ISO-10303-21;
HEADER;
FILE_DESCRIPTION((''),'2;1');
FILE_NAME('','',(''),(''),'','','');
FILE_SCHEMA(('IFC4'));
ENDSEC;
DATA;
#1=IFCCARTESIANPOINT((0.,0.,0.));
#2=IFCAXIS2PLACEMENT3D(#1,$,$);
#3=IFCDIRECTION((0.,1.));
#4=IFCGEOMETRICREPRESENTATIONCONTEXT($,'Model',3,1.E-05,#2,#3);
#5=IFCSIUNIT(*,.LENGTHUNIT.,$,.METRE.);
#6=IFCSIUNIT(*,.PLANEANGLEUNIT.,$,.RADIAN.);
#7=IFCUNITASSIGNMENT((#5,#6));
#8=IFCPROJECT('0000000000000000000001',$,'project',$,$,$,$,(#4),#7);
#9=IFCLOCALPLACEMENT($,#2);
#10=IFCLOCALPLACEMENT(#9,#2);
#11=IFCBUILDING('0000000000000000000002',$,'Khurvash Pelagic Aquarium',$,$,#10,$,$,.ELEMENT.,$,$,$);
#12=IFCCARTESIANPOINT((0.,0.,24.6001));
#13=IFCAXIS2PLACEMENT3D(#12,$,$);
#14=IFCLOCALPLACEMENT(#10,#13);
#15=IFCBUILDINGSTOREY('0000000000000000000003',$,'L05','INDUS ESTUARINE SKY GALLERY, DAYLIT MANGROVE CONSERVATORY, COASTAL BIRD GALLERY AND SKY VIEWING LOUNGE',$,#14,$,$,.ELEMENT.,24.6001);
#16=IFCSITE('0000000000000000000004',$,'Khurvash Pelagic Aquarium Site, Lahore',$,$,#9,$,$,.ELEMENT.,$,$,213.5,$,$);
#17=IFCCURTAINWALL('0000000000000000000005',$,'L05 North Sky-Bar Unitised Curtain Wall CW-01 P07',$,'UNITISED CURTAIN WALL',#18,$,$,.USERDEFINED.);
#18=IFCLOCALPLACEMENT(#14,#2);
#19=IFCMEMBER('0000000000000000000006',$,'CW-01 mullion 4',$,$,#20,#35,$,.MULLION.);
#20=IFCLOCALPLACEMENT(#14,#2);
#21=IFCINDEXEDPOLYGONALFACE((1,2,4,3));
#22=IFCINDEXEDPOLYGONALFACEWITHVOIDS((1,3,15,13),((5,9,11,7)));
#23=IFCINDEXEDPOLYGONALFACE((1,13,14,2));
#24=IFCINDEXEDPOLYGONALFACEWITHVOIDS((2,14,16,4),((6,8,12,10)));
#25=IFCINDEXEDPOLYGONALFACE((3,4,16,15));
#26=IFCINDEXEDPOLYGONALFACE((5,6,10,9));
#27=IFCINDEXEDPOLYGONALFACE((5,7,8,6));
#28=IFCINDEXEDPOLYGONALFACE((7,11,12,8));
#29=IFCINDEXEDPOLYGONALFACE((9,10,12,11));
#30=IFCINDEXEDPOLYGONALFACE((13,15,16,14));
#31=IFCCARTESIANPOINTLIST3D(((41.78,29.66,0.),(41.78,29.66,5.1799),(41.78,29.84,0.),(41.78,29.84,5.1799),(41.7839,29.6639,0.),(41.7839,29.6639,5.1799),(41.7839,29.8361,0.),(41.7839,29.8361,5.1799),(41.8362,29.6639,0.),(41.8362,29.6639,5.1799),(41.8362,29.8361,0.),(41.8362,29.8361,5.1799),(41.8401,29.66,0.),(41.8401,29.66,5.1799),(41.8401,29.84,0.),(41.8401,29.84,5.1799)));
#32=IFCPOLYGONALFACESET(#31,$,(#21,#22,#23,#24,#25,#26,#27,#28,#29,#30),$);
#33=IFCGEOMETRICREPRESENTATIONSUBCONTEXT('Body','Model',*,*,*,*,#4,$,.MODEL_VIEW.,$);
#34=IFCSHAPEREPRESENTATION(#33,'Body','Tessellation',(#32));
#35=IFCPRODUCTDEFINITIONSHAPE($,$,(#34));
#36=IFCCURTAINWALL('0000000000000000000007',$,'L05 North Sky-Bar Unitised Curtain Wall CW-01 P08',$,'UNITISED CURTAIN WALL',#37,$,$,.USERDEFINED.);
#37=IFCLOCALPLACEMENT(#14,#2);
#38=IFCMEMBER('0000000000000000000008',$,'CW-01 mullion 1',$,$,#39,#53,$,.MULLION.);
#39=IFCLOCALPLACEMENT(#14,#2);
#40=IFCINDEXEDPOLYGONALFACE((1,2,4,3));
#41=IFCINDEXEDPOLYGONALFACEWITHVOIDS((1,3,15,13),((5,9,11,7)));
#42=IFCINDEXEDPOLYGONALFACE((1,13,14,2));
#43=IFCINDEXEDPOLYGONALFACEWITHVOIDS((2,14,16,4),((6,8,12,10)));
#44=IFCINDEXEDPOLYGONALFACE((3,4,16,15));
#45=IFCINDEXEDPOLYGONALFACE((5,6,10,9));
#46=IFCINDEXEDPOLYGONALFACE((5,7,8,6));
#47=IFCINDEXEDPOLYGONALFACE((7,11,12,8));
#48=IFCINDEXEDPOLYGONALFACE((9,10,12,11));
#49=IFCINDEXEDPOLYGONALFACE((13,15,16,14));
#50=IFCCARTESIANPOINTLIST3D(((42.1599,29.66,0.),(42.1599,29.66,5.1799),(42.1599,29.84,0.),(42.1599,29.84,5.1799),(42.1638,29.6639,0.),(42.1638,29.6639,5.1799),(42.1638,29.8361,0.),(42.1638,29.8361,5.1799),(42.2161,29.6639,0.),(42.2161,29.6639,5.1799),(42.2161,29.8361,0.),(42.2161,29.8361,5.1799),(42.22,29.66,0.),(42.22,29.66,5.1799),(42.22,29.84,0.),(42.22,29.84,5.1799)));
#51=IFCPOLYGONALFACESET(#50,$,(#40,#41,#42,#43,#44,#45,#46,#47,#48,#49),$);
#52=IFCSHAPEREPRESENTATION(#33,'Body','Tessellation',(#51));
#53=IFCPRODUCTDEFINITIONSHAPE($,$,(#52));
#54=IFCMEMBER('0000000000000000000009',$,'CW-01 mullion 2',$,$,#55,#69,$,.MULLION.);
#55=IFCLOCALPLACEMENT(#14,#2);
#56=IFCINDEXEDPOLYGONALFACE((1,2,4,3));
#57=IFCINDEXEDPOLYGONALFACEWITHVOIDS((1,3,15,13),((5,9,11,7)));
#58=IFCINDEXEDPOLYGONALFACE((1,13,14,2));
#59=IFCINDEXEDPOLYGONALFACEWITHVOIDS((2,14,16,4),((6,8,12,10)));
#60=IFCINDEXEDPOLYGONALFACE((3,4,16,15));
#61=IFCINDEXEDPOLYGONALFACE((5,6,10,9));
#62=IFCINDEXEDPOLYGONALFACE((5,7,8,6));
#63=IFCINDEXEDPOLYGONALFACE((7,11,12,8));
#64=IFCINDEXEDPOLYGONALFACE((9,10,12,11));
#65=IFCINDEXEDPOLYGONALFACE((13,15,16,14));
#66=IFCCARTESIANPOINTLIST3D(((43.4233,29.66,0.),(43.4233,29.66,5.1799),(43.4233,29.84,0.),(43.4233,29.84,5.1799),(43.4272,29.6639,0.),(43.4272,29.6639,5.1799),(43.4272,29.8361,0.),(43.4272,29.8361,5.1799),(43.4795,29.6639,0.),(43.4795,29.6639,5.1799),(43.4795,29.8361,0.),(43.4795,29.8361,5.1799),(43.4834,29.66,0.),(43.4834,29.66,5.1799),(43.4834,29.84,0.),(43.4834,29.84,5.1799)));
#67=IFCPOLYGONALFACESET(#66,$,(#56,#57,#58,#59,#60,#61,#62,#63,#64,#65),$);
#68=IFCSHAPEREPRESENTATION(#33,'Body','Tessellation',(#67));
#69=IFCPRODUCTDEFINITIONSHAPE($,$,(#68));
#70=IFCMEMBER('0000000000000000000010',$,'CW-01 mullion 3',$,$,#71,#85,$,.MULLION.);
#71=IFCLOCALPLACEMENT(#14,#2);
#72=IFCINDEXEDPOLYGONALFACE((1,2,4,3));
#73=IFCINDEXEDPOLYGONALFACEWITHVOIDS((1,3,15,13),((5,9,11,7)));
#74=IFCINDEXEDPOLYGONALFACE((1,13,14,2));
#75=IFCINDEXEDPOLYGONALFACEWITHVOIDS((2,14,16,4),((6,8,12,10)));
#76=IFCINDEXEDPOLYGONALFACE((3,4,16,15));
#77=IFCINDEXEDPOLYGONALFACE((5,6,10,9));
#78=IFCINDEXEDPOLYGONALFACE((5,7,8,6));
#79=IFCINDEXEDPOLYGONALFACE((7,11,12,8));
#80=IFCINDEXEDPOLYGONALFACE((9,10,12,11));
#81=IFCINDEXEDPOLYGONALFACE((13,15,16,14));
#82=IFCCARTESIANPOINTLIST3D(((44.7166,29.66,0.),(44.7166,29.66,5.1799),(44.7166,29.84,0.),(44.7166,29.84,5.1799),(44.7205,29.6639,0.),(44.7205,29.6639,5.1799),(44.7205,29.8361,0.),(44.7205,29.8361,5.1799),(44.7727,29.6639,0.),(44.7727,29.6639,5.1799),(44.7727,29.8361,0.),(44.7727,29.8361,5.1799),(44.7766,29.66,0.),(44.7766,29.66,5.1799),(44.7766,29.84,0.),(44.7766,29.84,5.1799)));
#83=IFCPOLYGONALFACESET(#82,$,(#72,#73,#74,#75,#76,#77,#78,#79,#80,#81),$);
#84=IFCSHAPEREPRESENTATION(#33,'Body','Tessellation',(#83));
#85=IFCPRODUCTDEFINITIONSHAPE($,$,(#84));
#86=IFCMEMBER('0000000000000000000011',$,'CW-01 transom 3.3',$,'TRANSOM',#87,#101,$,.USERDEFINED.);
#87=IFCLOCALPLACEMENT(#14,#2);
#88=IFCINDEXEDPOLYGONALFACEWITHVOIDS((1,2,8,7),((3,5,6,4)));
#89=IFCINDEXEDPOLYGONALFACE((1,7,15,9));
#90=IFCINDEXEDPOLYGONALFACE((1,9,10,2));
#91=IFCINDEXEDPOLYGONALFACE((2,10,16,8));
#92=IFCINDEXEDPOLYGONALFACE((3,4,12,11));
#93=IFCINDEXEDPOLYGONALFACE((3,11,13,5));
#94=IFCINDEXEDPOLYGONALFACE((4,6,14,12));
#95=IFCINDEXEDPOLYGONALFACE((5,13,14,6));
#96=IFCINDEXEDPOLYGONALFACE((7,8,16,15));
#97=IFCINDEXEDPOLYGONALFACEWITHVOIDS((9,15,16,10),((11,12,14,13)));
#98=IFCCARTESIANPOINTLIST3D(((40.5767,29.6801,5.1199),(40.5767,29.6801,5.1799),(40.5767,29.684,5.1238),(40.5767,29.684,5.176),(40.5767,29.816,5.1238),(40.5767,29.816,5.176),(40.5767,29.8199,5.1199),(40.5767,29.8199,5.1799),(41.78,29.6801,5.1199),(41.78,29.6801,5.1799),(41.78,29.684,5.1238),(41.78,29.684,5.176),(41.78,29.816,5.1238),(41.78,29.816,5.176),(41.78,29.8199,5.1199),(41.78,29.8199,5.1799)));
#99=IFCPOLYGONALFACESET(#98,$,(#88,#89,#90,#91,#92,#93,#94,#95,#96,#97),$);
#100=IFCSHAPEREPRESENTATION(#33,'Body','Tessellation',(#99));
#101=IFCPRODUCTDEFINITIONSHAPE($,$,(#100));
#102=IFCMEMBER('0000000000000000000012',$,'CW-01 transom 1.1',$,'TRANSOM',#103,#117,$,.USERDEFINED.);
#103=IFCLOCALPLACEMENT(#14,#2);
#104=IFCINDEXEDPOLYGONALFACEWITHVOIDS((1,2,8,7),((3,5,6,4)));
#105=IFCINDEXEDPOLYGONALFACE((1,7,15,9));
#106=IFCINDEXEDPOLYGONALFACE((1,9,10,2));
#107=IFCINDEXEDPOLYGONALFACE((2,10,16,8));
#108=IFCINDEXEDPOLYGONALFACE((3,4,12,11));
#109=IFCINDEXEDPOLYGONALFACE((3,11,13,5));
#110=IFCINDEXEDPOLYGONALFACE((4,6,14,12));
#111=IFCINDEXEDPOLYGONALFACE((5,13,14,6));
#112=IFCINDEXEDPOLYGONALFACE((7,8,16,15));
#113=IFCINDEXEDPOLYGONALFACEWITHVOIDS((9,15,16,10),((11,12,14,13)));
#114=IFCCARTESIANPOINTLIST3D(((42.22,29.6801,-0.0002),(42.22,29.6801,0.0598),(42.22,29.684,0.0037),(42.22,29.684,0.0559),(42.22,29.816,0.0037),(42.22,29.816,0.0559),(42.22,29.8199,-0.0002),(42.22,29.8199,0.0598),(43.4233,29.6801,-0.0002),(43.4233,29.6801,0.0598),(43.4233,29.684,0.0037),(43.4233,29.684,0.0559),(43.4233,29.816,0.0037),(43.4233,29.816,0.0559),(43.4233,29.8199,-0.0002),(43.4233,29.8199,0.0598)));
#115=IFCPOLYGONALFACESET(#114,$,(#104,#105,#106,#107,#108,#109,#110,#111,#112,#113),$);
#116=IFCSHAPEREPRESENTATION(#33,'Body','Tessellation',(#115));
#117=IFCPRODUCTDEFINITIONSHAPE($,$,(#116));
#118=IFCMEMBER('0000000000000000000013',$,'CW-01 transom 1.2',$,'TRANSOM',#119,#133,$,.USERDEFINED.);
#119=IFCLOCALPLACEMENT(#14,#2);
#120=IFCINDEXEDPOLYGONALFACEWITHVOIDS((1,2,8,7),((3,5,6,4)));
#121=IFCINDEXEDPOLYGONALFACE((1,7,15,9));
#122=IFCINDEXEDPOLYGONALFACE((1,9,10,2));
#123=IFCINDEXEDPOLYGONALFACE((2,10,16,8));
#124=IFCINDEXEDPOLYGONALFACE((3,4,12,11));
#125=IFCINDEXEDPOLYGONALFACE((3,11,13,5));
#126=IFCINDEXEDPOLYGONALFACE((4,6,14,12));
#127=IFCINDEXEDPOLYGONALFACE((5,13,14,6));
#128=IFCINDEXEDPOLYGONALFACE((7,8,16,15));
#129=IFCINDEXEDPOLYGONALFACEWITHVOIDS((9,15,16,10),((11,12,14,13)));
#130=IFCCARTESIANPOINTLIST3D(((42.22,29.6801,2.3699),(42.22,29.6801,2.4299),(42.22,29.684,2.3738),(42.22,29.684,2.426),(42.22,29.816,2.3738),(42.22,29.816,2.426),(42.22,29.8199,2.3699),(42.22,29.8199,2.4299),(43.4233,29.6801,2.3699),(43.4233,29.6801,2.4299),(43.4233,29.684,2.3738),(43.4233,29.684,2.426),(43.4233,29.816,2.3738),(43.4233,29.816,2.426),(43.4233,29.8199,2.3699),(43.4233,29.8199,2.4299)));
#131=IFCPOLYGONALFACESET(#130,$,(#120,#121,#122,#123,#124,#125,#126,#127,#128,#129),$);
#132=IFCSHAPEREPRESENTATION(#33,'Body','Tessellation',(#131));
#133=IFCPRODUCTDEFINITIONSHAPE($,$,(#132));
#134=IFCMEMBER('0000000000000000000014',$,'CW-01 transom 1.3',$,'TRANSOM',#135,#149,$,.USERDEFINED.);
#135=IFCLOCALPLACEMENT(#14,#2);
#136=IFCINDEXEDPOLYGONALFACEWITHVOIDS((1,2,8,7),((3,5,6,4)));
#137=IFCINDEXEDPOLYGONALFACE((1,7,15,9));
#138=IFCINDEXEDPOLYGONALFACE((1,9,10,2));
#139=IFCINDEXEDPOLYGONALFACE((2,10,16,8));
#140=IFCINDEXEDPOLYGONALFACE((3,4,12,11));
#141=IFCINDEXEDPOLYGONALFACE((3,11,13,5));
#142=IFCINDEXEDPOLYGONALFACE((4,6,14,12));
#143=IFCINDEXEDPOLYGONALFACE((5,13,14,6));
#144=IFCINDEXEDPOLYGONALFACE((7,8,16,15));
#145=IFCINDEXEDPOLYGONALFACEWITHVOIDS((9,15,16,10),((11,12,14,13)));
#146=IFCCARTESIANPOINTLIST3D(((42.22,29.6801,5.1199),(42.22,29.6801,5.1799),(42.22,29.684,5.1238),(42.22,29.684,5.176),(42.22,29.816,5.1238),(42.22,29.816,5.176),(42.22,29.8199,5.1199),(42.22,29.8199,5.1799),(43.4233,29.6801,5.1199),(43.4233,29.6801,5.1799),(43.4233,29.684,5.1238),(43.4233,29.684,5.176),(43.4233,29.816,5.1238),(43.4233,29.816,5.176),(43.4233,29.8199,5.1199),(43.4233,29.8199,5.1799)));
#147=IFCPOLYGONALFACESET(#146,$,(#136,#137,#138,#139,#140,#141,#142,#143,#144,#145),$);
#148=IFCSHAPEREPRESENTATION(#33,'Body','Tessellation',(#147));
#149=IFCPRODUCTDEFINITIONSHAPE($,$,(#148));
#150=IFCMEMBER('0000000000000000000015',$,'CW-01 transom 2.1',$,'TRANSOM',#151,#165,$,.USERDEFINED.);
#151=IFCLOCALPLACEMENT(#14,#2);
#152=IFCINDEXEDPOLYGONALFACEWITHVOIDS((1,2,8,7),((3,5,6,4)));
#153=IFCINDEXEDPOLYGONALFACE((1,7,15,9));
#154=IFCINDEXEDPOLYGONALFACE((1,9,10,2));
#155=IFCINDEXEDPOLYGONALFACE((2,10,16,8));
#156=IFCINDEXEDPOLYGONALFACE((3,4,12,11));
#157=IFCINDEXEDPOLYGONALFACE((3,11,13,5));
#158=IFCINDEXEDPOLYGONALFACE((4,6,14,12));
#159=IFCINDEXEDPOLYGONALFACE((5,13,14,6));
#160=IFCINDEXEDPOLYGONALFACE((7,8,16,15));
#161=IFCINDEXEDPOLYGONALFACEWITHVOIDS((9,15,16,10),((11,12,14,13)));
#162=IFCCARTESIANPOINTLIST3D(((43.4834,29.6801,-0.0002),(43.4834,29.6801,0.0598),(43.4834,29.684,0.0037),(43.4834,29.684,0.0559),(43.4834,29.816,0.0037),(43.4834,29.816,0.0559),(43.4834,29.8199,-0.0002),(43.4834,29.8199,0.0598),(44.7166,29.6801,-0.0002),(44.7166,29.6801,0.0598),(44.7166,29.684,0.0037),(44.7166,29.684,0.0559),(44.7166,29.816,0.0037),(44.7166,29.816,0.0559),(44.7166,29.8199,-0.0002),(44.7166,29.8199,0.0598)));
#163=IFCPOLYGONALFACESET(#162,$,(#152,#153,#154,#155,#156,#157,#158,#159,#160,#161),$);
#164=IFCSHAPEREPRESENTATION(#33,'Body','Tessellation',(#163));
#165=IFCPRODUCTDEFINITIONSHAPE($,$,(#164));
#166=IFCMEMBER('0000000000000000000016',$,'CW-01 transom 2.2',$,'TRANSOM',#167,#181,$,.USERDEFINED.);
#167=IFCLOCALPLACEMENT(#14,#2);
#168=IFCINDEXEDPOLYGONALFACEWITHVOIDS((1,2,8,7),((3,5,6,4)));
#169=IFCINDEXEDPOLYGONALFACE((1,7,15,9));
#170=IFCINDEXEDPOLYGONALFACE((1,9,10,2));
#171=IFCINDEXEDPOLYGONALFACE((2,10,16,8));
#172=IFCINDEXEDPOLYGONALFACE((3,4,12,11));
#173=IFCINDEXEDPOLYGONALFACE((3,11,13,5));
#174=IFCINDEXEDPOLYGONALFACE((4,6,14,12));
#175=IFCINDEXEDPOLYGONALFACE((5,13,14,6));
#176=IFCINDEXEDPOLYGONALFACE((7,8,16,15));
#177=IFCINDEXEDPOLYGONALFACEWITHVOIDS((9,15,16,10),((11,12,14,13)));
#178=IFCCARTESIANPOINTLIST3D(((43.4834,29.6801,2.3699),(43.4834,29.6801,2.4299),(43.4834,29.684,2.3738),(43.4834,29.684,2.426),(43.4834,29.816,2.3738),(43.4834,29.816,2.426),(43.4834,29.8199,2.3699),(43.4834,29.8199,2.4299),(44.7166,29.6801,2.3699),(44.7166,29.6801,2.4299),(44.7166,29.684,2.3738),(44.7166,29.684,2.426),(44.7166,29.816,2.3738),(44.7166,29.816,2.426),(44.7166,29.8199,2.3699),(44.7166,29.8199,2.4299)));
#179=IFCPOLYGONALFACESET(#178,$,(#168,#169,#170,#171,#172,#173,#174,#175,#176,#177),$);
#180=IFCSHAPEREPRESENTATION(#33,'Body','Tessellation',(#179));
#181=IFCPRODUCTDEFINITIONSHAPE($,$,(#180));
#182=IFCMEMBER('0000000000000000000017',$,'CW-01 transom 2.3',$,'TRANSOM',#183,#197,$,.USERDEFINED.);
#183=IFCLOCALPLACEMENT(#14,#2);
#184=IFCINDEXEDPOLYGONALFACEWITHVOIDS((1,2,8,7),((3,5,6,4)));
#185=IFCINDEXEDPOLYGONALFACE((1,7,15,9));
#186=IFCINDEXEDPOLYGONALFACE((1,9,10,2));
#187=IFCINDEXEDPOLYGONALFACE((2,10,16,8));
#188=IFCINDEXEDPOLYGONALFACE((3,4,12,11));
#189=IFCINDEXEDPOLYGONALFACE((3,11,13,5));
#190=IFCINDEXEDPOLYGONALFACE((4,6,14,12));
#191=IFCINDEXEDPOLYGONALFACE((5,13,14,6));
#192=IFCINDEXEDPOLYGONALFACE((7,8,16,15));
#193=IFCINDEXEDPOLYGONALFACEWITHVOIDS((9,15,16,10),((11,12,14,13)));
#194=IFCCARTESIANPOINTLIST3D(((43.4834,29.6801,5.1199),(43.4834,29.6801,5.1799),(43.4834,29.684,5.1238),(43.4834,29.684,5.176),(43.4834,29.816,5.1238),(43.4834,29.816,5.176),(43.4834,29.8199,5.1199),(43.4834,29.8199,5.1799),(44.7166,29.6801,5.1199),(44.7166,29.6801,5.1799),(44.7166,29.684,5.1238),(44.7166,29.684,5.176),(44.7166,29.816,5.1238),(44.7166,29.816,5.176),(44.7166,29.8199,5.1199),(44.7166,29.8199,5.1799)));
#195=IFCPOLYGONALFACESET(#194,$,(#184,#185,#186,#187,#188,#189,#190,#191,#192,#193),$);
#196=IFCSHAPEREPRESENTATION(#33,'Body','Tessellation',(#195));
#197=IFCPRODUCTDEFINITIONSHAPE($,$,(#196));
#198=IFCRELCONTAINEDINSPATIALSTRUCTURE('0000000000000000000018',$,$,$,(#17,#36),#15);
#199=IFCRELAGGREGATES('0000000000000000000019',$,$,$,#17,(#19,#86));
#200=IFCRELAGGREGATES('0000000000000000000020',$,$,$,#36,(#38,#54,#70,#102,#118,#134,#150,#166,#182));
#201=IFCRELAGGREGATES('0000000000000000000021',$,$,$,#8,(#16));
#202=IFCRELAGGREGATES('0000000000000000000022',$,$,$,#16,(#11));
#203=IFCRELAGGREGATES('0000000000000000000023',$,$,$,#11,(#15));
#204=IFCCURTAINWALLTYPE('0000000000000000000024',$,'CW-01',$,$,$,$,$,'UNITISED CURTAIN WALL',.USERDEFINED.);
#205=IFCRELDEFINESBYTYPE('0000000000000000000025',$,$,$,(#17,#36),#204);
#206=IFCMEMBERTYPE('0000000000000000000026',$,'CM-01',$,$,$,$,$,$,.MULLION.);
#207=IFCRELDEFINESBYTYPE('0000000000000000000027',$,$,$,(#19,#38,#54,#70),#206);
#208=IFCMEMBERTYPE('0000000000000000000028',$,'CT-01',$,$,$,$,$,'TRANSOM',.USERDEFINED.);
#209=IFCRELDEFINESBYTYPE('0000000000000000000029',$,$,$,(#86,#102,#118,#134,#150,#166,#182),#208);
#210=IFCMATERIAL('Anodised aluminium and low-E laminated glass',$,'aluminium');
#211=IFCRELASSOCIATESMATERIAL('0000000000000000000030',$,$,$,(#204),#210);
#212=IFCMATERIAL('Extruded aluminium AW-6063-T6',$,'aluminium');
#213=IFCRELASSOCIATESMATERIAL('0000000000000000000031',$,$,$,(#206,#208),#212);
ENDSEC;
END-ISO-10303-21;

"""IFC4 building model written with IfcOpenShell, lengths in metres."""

from ifc_helpers import new_model, si_unit, direction, frame, origin, origin_2d, place, context, subcontext, project, spatial, hollow_rectangle, extrude, material, material_profile, profile_set, type_object, element, aggregate, save


model = new_model("IFC4")

# Units and contexts
model_context = context("Model", 3, precision=1e-05, world=origin(), true_north=direction((0.0, 1.0)))
body_context = subcontext(model_context, "Body", "Model", "MODEL_VIEW")
ifc_project = project(units=[si_unit("LENGTHUNIT", "METRE"), si_unit("PLANEANGLEUNIT", "RADIAN")], contexts=[model_context])

# Site, building, storey
site_placement = place(None, origin())
site = spatial("IfcSite", under=ifc_project, at=site_placement, Name="Khurvash Pelagic Aquarium Site, Lahore", CompositionType="ELEMENT", RefElevation=213.5)
building_placement = place(site_placement, origin())
building = spatial("IfcBuilding", under=site, at=building_placement, Name="Khurvash Pelagic Aquarium", CompositionType="ELEMENT")
storey_placement = place(building_placement, frame((0.0, 0.0, 24.6001)))
storey = spatial("IfcBuildingStorey", under=building, at=storey_placement, Name="L05", Description="INDUS ESTUARINE SKY GALLERY, DAYLIT MANGROVE CONSERVATORY, COASTAL BIRD GALLERY AND SKY VIEWING LOUNGE", CompositionType="ELEMENT", Elevation=24.6001)

# Curtain wall, member
ifc_material_1 = material(Name="Anodised aluminium and low-E laminated glass", Category="aluminium")
curtain_wall_type = type_object("IfcCurtainWallType", Name="CW-01", ElementType="UNITISED CURTAIN WALL", PredefinedType="USERDEFINED", material=ifc_material_1)
curtain_wall_1_placement = place(storey_placement, origin())
curtain_wall_1 = element("IfcCurtainWall", 1, at=curtain_wall_1_placement, inside=storey, type_object=curtain_wall_type, Name="L05 North Sky-Bar Unitised Curtain Wall CW-01 P07", ObjectType="UNITISED CURTAIN WALL", PredefinedType="USERDEFINED")
ifc_material_2 = material(Name="Extruded aluminium AW-6063-T6", Category="aluminium")
ifc_material_profile_1 = material_profile(ifc_material_2, hollow_rectangle(XDim=0.0601, YDim=0.1799, WallThickness=0.0039, at=origin_2d()), Name="CWM60X180X4")
ifc_profile_set_1 = profile_set([ifc_material_profile_1], Name="Extruded aluminium AW-6063-T6")
member_type_1 = type_object("IfcMemberType", Name="CM-01", PredefinedType="MULLION", material=ifc_profile_set_1)
member_1_placement = place(storey_placement, frame((41.8101, 29.75, 0.0), z_axis=(0.0, 0.0, 1.0), x_axis=(1.0, 0.0, 0.0)))
member_1 = element("IfcMember", 2, at=member_1_placement, type_object=member_type_1, Name="CW-01 mullion 4", PredefinedType="MULLION", context=body_context, shape_type="SweptSolid", body=[
    extrude(hollow_rectangle(XDim=0.0601, YDim=0.1799, WallThickness=0.0039, at=origin_2d()), origin(), (0.0, 0.0, 1.0), 5.1799),
])

# Curtain wall, members
curtain_wall_2_placement = place(storey_placement, origin())
curtain_wall_2 = element("IfcCurtainWall", 3, at=curtain_wall_2_placement, inside=storey, type_object=curtain_wall_type, Name="L05 North Sky-Bar Unitised Curtain Wall CW-01 P08", ObjectType="UNITISED CURTAIN WALL", PredefinedType="USERDEFINED")
member_2_placement = place(storey_placement, frame((42.1899, 29.75, 0.0), z_axis=(0.0, 0.0, 1.0), x_axis=(1.0, 0.0, 0.0)))
member_2 = element("IfcMember", 4, at=member_2_placement, type_object=member_type_1, Name="CW-01 mullion 1", PredefinedType="MULLION", context=body_context, shape_type="SweptSolid", body=[
    extrude(hollow_rectangle(XDim=0.0601, YDim=0.1799, WallThickness=0.0039, at=origin_2d()), origin(), (0.0, 0.0, 1.0), 5.1799),
])
member_3_placement = place(storey_placement, frame((43.4534, 29.75, 0.0), z_axis=(0.0, 0.0, 1.0), x_axis=(1.0, 0.0, 0.0)))
member_3 = element("IfcMember", 5, at=member_3_placement, type_object=member_type_1, Name="CW-01 mullion 2", PredefinedType="MULLION", context=body_context, shape_type="SweptSolid", body=[
    extrude(hollow_rectangle(XDim=0.0601, YDim=0.1799, WallThickness=0.0039, at=origin_2d()), origin(), (0.0, 0.0, 1.0), 5.1799),
])
member_4_placement = place(storey_placement, frame((44.7466, 29.75, 0.0), z_axis=(0.0, 0.0, 1.0), x_axis=(1.0, 0.0, 0.0)))
member_4 = element("IfcMember", 6, at=member_4_placement, type_object=member_type_1, Name="CW-01 mullion 3", PredefinedType="MULLION", context=body_context, shape_type="SweptSolid", body=[
    extrude(hollow_rectangle(XDim=0.0601, YDim=0.1799, WallThickness=0.0039, at=origin_2d()), origin(), (0.0, 0.0, 1.0), 5.1799),
])

# Members
ifc_material_profile_2 = material_profile(ifc_material_2, hollow_rectangle(XDim=0.1399, YDim=0.0601, WallThickness=0.0039, at=origin_2d()), Name="CWT140X60X4")
ifc_profile_set_2 = profile_set([ifc_material_profile_2], Name="Extruded aluminium AW-6063-T6")
member_type_2 = type_object("IfcMemberType", Name="CT-01", ElementType="TRANSOM", PredefinedType="USERDEFINED", material=ifc_profile_set_2)
member_5_placement = place(storey_placement, frame((40.5767, 29.75, 5.1499), z_axis=(1.0, 0.0, 0.0), x_axis=(0.0, 1.0, 0.0)))
member_5 = element("IfcMember", 7, at=member_5_placement, type_object=member_type_2, Name="CW-01 transom 3.3", ObjectType="TRANSOM", PredefinedType="USERDEFINED", context=body_context, shape_type="SweptSolid", body=[
    extrude(hollow_rectangle(XDim=0.1399, YDim=0.0601, WallThickness=0.0039, at=origin_2d()), origin(), (0.0, 0.0, 1.0), 1.2034),
])
member_6_placement = place(storey_placement, frame((42.22, 29.75, 0.0298), z_axis=(1.0, 0.0, 0.0), x_axis=(0.0, 1.0, 0.0)))
member_6 = element("IfcMember", 8, at=member_6_placement, type_object=member_type_2, Name="CW-01 transom 1.1", ObjectType="TRANSOM", PredefinedType="USERDEFINED", context=body_context, shape_type="SweptSolid", body=[
    extrude(hollow_rectangle(XDim=0.1399, YDim=0.0601, WallThickness=0.0039, at=origin_2d()), origin(), (0.0, 0.0, 1.0), 1.2034),
])
member_7_placement = place(storey_placement, frame((42.22, 29.75, 2.3999), z_axis=(1.0, 0.0, 0.0), x_axis=(0.0, 1.0, 0.0)))
member_7 = element("IfcMember", 9, at=member_7_placement, type_object=member_type_2, Name="CW-01 transom 1.2", ObjectType="TRANSOM", PredefinedType="USERDEFINED", context=body_context, shape_type="SweptSolid", body=[
    extrude(hollow_rectangle(XDim=0.1399, YDim=0.0601, WallThickness=0.0039, at=origin_2d()), origin(), (0.0, 0.0, 1.0), 1.2034),
])
member_8_placement = place(storey_placement, frame((42.22, 29.75, 5.1499), z_axis=(1.0, 0.0, 0.0), x_axis=(0.0, 1.0, 0.0)))
member_8 = element("IfcMember", 10, at=member_8_placement, type_object=member_type_2, Name="CW-01 transom 1.3", ObjectType="TRANSOM", PredefinedType="USERDEFINED", context=body_context, shape_type="SweptSolid", body=[
    extrude(hollow_rectangle(XDim=0.1399, YDim=0.0601, WallThickness=0.0039, at=origin_2d()), origin(), (0.0, 0.0, 1.0), 1.2034),
])
member_9_placement = place(storey_placement, frame((43.4834, 29.75, 0.0298), z_axis=(1.0, 0.0, 0.0), x_axis=(0.0, 1.0, 0.0)))
member_9 = element("IfcMember", 11, at=member_9_placement, type_object=member_type_2, Name="CW-01 transom 2.1", ObjectType="TRANSOM", PredefinedType="USERDEFINED", context=body_context, shape_type="SweptSolid", body=[
    extrude(hollow_rectangle(XDim=0.1399, YDim=0.0601, WallThickness=0.0039, at=origin_2d()), origin(), (0.0, 0.0, 1.0), 1.2332),
])
member_10_placement = place(storey_placement, frame((43.4834, 29.75, 2.3999), z_axis=(1.0, 0.0, 0.0), x_axis=(0.0, 1.0, 0.0)))
member_10 = element("IfcMember", 12, at=member_10_placement, type_object=member_type_2, Name="CW-01 transom 2.2", ObjectType="TRANSOM", PredefinedType="USERDEFINED", context=body_context, shape_type="SweptSolid", body=[
    extrude(hollow_rectangle(XDim=0.1399, YDim=0.0601, WallThickness=0.0039, at=origin_2d()), origin(), (0.0, 0.0, 1.0), 1.2332),
])
member_11_placement = place(storey_placement, frame((43.4834, 29.75, 5.1499), z_axis=(1.0, 0.0, 0.0), x_axis=(0.0, 1.0, 0.0)))
member_11 = element("IfcMember", 13, at=member_11_placement, type_object=member_type_2, Name="CW-01 transom 2.3", ObjectType="TRANSOM", PredefinedType="USERDEFINED", context=body_context, shape_type="SweptSolid", body=[
    extrude(hollow_rectangle(XDim=0.1399, YDim=0.0601, WallThickness=0.0039, at=origin_2d()), origin(), (0.0, 0.0, 1.0), 1.2332),
])

aggregate(curtain_wall_1, [member_1, member_5])
aggregate(curtain_wall_2, [member_2, member_3, member_4, member_6, member_7, member_8, member_9, member_10, member_11])

save(model, "model.ifc")
